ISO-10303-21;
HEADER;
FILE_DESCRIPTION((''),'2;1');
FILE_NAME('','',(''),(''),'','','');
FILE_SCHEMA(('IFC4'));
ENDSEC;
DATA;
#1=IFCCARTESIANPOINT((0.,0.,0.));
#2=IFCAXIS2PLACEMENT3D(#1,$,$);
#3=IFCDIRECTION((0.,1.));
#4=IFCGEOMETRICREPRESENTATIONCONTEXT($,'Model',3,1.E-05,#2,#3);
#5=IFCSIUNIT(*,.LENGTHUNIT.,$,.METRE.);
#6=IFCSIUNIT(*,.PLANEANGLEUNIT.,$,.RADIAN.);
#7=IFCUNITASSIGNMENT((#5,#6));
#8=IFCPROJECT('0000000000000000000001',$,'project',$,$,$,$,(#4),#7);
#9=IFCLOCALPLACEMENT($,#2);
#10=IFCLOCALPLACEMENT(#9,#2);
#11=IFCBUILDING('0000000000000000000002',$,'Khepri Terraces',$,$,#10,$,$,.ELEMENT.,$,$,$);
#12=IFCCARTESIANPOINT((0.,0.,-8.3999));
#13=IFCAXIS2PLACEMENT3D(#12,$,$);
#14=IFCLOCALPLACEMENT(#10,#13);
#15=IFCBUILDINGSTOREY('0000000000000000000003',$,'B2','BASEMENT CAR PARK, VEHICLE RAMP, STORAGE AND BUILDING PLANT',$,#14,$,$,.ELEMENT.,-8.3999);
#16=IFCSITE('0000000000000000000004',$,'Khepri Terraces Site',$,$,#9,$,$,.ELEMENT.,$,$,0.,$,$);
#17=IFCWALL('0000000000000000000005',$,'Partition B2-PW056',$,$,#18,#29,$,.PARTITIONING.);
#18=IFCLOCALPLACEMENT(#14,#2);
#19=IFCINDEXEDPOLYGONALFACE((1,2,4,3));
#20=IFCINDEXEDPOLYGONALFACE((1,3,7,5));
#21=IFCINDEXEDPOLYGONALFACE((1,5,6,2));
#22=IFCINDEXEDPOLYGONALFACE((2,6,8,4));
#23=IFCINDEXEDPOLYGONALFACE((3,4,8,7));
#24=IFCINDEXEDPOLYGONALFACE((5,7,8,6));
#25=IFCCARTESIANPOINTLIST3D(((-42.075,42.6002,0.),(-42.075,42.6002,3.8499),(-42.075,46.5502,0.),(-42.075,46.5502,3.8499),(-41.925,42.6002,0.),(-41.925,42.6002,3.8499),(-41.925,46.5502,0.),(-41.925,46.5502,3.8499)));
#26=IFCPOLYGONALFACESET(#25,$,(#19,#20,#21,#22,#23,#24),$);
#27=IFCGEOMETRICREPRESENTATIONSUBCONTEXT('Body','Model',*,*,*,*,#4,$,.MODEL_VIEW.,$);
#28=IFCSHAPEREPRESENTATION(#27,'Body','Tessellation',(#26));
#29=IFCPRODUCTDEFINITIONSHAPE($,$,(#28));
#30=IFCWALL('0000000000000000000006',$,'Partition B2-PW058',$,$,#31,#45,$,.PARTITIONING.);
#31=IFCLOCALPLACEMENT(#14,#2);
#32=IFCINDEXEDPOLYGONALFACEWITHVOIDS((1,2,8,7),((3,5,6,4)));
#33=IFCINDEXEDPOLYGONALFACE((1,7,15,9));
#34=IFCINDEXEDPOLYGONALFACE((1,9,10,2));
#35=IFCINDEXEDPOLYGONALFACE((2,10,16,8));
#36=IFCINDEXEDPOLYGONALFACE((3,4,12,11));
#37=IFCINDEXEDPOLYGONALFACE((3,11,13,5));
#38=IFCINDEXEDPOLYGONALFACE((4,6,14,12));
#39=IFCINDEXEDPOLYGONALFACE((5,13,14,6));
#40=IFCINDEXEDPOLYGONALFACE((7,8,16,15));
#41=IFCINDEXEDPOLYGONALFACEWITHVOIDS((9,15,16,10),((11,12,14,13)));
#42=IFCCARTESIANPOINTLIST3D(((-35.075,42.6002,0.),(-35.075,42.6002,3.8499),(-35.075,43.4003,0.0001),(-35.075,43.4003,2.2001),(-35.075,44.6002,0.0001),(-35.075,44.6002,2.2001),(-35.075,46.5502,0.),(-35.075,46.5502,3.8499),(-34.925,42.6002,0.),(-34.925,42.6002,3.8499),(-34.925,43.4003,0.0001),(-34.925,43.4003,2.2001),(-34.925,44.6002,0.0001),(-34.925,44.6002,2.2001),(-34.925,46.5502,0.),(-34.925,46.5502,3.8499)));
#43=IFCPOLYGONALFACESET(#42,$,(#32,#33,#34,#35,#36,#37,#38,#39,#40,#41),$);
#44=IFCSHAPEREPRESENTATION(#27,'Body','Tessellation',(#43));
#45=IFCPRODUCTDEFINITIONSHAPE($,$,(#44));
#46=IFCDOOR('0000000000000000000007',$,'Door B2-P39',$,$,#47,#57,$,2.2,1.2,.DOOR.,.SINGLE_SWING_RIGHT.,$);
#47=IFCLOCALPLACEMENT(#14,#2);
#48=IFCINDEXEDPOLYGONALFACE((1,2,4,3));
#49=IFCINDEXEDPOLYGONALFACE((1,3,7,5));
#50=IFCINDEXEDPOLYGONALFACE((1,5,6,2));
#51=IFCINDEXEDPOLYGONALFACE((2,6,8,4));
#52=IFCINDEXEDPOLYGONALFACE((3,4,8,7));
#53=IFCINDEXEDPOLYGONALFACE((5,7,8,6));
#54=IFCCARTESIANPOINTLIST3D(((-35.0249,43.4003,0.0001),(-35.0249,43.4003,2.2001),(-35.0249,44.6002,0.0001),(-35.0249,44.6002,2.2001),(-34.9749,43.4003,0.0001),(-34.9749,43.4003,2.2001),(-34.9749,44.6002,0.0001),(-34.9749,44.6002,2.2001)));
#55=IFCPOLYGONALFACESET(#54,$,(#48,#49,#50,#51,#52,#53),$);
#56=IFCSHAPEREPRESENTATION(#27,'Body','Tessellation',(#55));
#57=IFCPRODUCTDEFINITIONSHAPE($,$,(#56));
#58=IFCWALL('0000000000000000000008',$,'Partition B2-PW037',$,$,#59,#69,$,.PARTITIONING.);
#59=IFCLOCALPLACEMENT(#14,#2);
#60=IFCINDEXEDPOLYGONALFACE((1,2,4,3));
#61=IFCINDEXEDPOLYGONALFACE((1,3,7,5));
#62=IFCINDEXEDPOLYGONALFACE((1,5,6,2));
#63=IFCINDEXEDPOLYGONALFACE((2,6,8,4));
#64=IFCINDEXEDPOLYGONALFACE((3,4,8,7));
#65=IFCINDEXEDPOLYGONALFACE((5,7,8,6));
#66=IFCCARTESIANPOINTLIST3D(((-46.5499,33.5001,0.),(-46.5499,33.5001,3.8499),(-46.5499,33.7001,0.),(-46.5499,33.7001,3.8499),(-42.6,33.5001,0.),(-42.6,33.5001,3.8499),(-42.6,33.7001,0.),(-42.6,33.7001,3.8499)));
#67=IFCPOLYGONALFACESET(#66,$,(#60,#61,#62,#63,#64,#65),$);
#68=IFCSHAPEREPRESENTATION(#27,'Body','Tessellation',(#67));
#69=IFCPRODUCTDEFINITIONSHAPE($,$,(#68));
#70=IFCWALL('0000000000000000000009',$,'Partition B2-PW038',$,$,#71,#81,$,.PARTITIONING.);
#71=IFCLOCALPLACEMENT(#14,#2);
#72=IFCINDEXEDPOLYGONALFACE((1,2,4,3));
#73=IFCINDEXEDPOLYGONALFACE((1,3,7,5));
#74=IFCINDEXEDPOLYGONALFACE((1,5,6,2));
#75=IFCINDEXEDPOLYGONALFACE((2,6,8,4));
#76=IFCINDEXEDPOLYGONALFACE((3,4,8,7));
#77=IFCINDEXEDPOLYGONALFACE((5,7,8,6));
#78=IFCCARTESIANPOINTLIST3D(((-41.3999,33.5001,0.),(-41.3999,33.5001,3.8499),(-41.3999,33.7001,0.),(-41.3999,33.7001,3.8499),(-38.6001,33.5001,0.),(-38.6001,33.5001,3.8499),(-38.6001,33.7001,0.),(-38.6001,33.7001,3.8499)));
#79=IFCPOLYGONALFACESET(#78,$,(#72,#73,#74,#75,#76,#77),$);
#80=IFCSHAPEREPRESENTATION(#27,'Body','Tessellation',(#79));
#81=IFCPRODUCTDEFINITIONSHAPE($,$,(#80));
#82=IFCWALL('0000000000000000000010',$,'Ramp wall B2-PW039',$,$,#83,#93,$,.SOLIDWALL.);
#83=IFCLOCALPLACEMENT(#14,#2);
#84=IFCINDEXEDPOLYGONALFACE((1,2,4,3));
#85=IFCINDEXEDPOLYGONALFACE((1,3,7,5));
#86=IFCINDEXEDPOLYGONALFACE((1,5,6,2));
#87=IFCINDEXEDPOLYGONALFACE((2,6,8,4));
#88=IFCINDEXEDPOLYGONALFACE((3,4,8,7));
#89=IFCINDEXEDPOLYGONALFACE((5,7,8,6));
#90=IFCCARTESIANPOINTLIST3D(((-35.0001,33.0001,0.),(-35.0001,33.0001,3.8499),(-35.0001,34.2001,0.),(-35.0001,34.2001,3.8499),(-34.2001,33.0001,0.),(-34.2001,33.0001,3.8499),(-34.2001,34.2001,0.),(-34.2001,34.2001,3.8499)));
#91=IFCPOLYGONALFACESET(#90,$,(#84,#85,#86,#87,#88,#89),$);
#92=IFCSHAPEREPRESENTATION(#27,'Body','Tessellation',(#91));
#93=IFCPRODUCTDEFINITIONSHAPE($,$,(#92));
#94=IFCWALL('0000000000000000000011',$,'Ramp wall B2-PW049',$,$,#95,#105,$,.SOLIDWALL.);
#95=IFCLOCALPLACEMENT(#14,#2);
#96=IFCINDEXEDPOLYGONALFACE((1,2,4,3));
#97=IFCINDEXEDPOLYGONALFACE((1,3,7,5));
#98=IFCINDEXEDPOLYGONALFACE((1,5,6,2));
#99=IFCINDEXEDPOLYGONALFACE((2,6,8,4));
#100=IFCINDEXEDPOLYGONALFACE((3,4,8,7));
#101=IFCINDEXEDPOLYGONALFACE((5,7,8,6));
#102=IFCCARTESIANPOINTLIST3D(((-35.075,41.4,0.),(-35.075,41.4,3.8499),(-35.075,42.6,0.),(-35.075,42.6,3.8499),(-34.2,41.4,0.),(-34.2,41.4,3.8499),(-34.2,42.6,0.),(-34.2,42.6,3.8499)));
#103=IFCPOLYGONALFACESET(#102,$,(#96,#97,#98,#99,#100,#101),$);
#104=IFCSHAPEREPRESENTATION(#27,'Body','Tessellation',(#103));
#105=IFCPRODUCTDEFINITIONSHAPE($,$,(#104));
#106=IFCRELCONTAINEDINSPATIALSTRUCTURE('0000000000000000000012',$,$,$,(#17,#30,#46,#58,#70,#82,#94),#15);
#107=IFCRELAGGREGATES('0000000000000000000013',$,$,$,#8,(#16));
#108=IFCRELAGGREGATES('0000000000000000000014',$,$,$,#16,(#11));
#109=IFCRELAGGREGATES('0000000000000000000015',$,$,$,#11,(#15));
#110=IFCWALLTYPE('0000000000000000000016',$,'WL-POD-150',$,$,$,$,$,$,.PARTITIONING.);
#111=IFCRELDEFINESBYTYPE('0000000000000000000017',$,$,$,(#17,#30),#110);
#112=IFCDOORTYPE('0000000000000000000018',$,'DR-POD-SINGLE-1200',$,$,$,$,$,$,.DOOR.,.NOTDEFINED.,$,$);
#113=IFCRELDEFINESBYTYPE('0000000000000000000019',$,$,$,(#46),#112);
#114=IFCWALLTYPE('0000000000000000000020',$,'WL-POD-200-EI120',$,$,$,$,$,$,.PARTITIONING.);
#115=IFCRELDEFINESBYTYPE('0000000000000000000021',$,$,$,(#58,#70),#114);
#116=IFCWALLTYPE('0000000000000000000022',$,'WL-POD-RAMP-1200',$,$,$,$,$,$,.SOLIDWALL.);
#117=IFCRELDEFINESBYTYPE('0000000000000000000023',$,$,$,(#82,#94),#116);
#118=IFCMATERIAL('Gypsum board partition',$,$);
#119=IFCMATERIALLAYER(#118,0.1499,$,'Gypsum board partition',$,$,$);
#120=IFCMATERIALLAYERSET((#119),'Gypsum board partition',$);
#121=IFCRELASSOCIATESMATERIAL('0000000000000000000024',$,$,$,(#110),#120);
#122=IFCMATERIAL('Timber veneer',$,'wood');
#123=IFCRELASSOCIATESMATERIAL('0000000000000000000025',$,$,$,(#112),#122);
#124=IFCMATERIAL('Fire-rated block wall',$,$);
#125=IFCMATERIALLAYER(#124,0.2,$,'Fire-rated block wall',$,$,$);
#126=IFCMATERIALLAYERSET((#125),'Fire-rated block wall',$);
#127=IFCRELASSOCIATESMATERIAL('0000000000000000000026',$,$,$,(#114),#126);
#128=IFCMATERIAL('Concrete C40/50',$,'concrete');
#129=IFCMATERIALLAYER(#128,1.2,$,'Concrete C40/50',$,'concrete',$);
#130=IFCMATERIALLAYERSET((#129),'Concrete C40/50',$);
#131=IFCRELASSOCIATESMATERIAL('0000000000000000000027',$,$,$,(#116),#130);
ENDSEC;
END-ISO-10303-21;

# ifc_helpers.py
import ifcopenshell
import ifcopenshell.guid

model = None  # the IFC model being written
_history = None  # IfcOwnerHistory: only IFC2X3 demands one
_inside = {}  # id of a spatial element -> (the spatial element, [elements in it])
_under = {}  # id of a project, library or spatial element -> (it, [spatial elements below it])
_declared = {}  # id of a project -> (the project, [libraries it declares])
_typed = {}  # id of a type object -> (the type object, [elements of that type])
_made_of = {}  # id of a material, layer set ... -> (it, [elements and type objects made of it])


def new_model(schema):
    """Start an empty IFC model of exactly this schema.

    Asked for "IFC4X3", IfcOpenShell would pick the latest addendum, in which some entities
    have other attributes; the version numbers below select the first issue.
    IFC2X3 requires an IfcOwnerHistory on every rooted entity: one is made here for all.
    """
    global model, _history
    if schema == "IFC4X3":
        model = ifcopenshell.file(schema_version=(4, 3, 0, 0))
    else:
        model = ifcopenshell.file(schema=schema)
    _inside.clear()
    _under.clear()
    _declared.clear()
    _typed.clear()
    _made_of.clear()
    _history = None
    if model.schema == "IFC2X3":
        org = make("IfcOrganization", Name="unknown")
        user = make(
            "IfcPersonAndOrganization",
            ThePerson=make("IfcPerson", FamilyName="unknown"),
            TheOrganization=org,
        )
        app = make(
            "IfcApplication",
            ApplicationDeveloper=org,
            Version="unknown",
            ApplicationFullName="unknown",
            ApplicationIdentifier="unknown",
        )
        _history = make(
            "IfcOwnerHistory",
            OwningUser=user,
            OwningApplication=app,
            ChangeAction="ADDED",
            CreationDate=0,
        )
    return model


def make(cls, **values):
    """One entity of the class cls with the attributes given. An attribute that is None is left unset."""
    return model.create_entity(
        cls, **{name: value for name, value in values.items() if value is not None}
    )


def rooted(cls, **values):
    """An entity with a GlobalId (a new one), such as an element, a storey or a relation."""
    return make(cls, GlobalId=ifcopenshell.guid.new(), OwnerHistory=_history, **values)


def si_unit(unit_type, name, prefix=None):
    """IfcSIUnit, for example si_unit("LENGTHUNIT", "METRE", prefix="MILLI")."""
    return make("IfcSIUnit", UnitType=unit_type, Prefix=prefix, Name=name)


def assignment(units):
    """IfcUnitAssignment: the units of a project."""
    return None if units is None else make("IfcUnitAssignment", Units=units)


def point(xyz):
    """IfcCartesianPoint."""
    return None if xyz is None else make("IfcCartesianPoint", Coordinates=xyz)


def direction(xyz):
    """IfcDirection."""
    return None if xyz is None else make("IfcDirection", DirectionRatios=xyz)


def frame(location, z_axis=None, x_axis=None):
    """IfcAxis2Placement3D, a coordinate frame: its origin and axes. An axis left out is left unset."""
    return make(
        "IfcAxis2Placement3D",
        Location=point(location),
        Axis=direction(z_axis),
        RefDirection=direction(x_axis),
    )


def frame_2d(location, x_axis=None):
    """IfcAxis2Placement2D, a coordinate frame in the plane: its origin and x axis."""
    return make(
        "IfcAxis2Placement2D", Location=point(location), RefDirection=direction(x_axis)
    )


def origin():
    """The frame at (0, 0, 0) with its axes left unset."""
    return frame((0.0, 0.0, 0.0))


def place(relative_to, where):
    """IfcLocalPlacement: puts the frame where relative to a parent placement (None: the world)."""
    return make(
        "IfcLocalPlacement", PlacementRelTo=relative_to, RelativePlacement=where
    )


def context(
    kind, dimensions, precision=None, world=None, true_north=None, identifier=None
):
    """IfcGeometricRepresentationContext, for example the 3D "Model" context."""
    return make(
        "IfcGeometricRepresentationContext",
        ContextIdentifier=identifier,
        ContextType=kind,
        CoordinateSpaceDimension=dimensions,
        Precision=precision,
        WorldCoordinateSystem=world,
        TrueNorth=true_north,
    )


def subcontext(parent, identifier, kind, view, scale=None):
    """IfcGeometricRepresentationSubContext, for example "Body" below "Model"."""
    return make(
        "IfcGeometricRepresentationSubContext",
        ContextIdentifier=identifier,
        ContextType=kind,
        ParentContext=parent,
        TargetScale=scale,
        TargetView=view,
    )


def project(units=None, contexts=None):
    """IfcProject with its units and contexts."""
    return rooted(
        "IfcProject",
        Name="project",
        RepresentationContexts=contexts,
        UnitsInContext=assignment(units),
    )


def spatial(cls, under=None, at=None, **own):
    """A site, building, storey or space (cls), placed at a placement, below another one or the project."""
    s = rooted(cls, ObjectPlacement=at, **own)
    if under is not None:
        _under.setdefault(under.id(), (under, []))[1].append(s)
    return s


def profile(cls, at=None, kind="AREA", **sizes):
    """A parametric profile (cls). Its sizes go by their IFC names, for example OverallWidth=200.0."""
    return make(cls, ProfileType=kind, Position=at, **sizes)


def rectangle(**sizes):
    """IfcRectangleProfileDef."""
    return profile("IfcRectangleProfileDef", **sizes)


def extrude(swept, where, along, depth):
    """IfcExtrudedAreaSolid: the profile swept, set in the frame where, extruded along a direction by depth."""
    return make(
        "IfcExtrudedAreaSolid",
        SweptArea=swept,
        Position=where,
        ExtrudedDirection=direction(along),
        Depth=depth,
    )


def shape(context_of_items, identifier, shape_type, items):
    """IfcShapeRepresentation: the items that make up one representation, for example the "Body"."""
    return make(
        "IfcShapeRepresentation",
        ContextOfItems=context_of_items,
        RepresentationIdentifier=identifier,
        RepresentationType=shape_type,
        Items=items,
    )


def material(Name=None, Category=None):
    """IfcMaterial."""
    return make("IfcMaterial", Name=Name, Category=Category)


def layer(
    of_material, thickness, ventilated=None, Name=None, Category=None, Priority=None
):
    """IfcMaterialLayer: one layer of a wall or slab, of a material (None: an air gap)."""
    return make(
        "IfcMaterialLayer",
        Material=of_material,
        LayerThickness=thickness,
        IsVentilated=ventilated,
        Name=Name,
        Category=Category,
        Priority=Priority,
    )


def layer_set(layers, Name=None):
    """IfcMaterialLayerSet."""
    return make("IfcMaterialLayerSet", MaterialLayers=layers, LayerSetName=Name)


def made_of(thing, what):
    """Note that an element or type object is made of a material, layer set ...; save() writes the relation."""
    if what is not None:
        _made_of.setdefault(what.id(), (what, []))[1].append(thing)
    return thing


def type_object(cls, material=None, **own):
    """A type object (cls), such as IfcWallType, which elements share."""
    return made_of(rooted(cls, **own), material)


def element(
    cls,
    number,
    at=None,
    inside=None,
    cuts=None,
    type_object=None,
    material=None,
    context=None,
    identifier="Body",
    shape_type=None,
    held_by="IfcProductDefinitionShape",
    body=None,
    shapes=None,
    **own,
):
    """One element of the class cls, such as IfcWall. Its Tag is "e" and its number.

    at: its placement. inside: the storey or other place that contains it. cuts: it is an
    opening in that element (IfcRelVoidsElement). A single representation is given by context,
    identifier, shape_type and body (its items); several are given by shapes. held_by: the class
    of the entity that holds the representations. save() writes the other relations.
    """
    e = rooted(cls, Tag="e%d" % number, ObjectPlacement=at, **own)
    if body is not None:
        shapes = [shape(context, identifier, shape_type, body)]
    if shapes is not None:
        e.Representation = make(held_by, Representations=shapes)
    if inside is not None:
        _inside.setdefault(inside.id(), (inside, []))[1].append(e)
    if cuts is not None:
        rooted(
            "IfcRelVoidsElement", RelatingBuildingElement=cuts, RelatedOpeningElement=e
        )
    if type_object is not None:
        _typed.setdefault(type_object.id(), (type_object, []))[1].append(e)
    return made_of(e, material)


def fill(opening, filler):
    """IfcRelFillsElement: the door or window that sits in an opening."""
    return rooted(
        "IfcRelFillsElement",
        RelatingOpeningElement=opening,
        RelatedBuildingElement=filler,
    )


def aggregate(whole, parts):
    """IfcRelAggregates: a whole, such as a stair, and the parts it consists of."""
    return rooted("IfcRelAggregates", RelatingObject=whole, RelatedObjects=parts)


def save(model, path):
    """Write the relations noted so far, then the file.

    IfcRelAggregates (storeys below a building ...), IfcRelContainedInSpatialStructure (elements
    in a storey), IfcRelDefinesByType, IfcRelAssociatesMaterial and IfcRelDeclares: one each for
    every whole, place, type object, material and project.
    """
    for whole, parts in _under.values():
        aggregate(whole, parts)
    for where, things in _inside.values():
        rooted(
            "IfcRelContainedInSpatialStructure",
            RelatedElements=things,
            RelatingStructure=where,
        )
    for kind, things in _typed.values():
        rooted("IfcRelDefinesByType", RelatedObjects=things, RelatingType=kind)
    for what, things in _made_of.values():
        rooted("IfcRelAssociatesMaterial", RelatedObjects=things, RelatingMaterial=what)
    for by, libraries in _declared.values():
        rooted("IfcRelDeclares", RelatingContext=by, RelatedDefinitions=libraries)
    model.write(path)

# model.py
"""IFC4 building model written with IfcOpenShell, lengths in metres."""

from ifc_helpers import new_model, si_unit, direction, frame, frame_2d, origin, place, context, subcontext, project, spatial, rectangle, extrude, material, layer, layer_set, type_object, element, fill, save


model = new_model("IFC4")

# Units and contexts
model_context = context("Model", 3, precision=1e-05, world=origin(), true_north=direction((0.0, 1.0)))
body_context = subcontext(model_context, "Body", "Model", "MODEL_VIEW")
ifc_project = project(units=[si_unit("LENGTHUNIT", "METRE"), si_unit("PLANEANGLEUNIT", "RADIAN")], contexts=[model_context])

# Site, building, storey
site_placement = place(None, origin())
site = spatial("IfcSite", under=ifc_project, at=site_placement, Name="Khepri Terraces Site", CompositionType="ELEMENT", RefElevation=0.0)
building_placement = place(site_placement, origin())
building = spatial("IfcBuilding", under=site, at=building_placement, Name="Khepri Terraces", CompositionType="ELEMENT")
storey_placement = place(building_placement, frame((0.0, 0.0, -8.3999)))
storey = spatial("IfcBuildingStorey", under=building, at=storey_placement, Name="B2", Description="BASEMENT CAR PARK, VEHICLE RAMP, STORAGE AND BUILDING PLANT", CompositionType="ELEMENT", Elevation=-8.3999)

# Shared definitions
ifc_material_1 = material(Name="Gypsum board partition")
ifc_layer_1 = layer(ifc_material_1, 0.1499, Name="Gypsum board partition")
ifc_layer_set_1 = layer_set([ifc_layer_1], Name="Gypsum board partition")
wall_type_1 = type_object("IfcWallType", Name="WL-POD-150", PredefinedType="PARTITIONING", material=ifc_layer_set_1)
ifc_material_2 = material(Name="Timber veneer", Category="wood")
door_type = type_object("IfcDoorType", Name="DR-POD-SINGLE-1200", OperationType="NOTDEFINED", PredefinedType="DOOR", material=ifc_material_2)

# Wall
wall_1_placement = place(storey_placement, frame((-42.0, 42.6001, 0.0), z_axis=(0.0, 0.0, 1.0), x_axis=(0.0, 1.0, 0.0)))
element("IfcWall", 1, at=wall_1_placement, inside=storey, type_object=wall_type_1, Name="Partition B2-PW056", PredefinedType="PARTITIONING", context=body_context, shape_type="SweptSolid", body=[
    extrude(rectangle(XDim=3.95, YDim=0.1499, at=frame_2d((1.9751, 0.0))), origin(), (0.0, 0.0, 1.0), 3.8499),
])

# Wall, opening, door
wall_2_placement = place(storey_placement, frame((-35.0, 42.6001, 0.0), z_axis=(0.0, 0.0, 1.0), x_axis=(0.0, 1.0, 0.0)))
wall_2 = element("IfcWall", 2, at=wall_2_placement, inside=storey, type_object=wall_type_1, Name="Partition B2-PW058", PredefinedType="PARTITIONING", context=body_context, shape_type="SweptSolid", body=[
    extrude(rectangle(XDim=3.95, YDim=0.1499, at=frame_2d((1.9751, 0.0))), origin(), (0.0, 0.0, 1.0), 3.8499),
])
opening_1_placement = place(wall_2_placement, frame((0.8, 0.0, 0.0)))
opening_1 = element("IfcOpeningElement", 3, at=opening_1_placement, cuts=wall_2, PredefinedType="OPENING", context=body_context, shape_type="SweptSolid", body=[
    extrude(rectangle(XDim=1.2, YDim=2.2, at=frame_2d((0.6001, 1.1001))), frame((0.0, 0.085, 0.0), z_axis=(0.0, -1.0, 0.0), x_axis=(1.0, 0.0, 0.0)), (0.0, 0.0, 1.0), 0.1699),
])
door_1_placement = place(opening_1_placement, origin())
door_1 = element("IfcDoor", 4, at=door_1_placement, inside=storey, type_object=door_type, Name="Door B2-P39", OperationType="SINGLE_SWING_RIGHT", OverallHeight=2.2, OverallWidth=1.2, PredefinedType="DOOR", context=body_context, shape_type="SweptSolid", body=[
    extrude(rectangle(XDim=1.2, YDim=2.2, at=frame_2d((0.6001, 1.1001))), frame((0.0, 0.0249, 0.0), z_axis=(0.0, -1.0, 0.0), x_axis=(1.0, 0.0, 0.0)), (0.0, 0.0, 1.0), 0.05),
])
fill(opening_1, door_1)

# Walls
ifc_material_3 = material(Name="Fire-rated block wall")
ifc_layer_2 = layer(ifc_material_3, 0.2, Name="Fire-rated block wall")
ifc_layer_set_2 = layer_set([ifc_layer_2], Name="Fire-rated block wall")
wall_type_2 = type_object("IfcWallType", Name="WL-POD-200-EI120", PredefinedType="PARTITIONING", material=ifc_layer_set_2)
wall_3_placement = place(storey_placement, frame((-46.55, 33.6001, 0.0), z_axis=(0.0, 0.0, 1.0), x_axis=(1.0, 0.0, 0.0)))
element("IfcWall", 5, at=wall_3_placement, inside=storey, type_object=wall_type_2, Name="Partition B2-PW037", PredefinedType="PARTITIONING", context=body_context, shape_type="SweptSolid", body=[
    extrude(rectangle(XDim=3.95, YDim=0.2, at=frame_2d((1.9751, 0.0))), origin(), (0.0, 0.0, 1.0), 3.8499),
])
wall_4_placement = place(storey_placement, frame((-41.3999, 33.6001, 0.0), z_axis=(0.0, 0.0, 1.0), x_axis=(1.0, 0.0, 0.0)))
element("IfcWall", 6, at=wall_4_placement, inside=storey, type_object=wall_type_2, Name="Partition B2-PW038", PredefinedType="PARTITIONING", context=body_context, shape_type="SweptSolid", body=[
    extrude(rectangle(XDim=2.7998, YDim=0.2, at=frame_2d((1.3999, 0.0))), origin(), (0.0, 0.0, 1.0), 3.8499),
])
ifc_material_4 = material(Name="Concrete C40/50", Category="concrete")
ifc_layer_3 = layer(ifc_material_4, 1.2, Name="Concrete C40/50", Category="concrete")
ifc_layer_set_3 = layer_set([ifc_layer_3], Name="Concrete C40/50")
wall_type_3 = type_object("IfcWallType", Name="WL-POD-RAMP-1200", PredefinedType="SOLIDWALL", material=ifc_layer_set_3)
wall_5_placement = place(storey_placement, frame((-35.0, 33.6001, 0.0), z_axis=(0.0, 0.0, 1.0), x_axis=(1.0, 0.0, 0.0)))
element("IfcWall", 7, at=wall_5_placement, inside=storey, type_object=wall_type_3, Name="Ramp wall B2-PW039", PredefinedType="SOLIDWALL", context=body_context, shape_type="SweptSolid", body=[
    extrude(rectangle(XDim=0.8, YDim=1.2, at=frame_2d((0.3999, 0.0))), origin(), (0.0, 0.0, 1.0), 3.8499),
])
wall_6_placement = place(storey_placement, frame((-35.075, 42.0, 0.0), z_axis=(0.0, 0.0, 1.0), x_axis=(1.0, 0.0, 0.0)))
element("IfcWall", 8, at=wall_6_placement, inside=storey, type_object=wall_type_3, Name="Ramp wall B2-PW049", PredefinedType="SOLIDWALL", context=body_context, shape_type="SweptSolid", body=[
    extrude(rectangle(XDim=0.875, YDim=1.2, at=frame_2d((0.4375, 0.0))), origin(), (0.0, 0.0, 1.0), 3.8499),
])

save(model, "model.ifc")
